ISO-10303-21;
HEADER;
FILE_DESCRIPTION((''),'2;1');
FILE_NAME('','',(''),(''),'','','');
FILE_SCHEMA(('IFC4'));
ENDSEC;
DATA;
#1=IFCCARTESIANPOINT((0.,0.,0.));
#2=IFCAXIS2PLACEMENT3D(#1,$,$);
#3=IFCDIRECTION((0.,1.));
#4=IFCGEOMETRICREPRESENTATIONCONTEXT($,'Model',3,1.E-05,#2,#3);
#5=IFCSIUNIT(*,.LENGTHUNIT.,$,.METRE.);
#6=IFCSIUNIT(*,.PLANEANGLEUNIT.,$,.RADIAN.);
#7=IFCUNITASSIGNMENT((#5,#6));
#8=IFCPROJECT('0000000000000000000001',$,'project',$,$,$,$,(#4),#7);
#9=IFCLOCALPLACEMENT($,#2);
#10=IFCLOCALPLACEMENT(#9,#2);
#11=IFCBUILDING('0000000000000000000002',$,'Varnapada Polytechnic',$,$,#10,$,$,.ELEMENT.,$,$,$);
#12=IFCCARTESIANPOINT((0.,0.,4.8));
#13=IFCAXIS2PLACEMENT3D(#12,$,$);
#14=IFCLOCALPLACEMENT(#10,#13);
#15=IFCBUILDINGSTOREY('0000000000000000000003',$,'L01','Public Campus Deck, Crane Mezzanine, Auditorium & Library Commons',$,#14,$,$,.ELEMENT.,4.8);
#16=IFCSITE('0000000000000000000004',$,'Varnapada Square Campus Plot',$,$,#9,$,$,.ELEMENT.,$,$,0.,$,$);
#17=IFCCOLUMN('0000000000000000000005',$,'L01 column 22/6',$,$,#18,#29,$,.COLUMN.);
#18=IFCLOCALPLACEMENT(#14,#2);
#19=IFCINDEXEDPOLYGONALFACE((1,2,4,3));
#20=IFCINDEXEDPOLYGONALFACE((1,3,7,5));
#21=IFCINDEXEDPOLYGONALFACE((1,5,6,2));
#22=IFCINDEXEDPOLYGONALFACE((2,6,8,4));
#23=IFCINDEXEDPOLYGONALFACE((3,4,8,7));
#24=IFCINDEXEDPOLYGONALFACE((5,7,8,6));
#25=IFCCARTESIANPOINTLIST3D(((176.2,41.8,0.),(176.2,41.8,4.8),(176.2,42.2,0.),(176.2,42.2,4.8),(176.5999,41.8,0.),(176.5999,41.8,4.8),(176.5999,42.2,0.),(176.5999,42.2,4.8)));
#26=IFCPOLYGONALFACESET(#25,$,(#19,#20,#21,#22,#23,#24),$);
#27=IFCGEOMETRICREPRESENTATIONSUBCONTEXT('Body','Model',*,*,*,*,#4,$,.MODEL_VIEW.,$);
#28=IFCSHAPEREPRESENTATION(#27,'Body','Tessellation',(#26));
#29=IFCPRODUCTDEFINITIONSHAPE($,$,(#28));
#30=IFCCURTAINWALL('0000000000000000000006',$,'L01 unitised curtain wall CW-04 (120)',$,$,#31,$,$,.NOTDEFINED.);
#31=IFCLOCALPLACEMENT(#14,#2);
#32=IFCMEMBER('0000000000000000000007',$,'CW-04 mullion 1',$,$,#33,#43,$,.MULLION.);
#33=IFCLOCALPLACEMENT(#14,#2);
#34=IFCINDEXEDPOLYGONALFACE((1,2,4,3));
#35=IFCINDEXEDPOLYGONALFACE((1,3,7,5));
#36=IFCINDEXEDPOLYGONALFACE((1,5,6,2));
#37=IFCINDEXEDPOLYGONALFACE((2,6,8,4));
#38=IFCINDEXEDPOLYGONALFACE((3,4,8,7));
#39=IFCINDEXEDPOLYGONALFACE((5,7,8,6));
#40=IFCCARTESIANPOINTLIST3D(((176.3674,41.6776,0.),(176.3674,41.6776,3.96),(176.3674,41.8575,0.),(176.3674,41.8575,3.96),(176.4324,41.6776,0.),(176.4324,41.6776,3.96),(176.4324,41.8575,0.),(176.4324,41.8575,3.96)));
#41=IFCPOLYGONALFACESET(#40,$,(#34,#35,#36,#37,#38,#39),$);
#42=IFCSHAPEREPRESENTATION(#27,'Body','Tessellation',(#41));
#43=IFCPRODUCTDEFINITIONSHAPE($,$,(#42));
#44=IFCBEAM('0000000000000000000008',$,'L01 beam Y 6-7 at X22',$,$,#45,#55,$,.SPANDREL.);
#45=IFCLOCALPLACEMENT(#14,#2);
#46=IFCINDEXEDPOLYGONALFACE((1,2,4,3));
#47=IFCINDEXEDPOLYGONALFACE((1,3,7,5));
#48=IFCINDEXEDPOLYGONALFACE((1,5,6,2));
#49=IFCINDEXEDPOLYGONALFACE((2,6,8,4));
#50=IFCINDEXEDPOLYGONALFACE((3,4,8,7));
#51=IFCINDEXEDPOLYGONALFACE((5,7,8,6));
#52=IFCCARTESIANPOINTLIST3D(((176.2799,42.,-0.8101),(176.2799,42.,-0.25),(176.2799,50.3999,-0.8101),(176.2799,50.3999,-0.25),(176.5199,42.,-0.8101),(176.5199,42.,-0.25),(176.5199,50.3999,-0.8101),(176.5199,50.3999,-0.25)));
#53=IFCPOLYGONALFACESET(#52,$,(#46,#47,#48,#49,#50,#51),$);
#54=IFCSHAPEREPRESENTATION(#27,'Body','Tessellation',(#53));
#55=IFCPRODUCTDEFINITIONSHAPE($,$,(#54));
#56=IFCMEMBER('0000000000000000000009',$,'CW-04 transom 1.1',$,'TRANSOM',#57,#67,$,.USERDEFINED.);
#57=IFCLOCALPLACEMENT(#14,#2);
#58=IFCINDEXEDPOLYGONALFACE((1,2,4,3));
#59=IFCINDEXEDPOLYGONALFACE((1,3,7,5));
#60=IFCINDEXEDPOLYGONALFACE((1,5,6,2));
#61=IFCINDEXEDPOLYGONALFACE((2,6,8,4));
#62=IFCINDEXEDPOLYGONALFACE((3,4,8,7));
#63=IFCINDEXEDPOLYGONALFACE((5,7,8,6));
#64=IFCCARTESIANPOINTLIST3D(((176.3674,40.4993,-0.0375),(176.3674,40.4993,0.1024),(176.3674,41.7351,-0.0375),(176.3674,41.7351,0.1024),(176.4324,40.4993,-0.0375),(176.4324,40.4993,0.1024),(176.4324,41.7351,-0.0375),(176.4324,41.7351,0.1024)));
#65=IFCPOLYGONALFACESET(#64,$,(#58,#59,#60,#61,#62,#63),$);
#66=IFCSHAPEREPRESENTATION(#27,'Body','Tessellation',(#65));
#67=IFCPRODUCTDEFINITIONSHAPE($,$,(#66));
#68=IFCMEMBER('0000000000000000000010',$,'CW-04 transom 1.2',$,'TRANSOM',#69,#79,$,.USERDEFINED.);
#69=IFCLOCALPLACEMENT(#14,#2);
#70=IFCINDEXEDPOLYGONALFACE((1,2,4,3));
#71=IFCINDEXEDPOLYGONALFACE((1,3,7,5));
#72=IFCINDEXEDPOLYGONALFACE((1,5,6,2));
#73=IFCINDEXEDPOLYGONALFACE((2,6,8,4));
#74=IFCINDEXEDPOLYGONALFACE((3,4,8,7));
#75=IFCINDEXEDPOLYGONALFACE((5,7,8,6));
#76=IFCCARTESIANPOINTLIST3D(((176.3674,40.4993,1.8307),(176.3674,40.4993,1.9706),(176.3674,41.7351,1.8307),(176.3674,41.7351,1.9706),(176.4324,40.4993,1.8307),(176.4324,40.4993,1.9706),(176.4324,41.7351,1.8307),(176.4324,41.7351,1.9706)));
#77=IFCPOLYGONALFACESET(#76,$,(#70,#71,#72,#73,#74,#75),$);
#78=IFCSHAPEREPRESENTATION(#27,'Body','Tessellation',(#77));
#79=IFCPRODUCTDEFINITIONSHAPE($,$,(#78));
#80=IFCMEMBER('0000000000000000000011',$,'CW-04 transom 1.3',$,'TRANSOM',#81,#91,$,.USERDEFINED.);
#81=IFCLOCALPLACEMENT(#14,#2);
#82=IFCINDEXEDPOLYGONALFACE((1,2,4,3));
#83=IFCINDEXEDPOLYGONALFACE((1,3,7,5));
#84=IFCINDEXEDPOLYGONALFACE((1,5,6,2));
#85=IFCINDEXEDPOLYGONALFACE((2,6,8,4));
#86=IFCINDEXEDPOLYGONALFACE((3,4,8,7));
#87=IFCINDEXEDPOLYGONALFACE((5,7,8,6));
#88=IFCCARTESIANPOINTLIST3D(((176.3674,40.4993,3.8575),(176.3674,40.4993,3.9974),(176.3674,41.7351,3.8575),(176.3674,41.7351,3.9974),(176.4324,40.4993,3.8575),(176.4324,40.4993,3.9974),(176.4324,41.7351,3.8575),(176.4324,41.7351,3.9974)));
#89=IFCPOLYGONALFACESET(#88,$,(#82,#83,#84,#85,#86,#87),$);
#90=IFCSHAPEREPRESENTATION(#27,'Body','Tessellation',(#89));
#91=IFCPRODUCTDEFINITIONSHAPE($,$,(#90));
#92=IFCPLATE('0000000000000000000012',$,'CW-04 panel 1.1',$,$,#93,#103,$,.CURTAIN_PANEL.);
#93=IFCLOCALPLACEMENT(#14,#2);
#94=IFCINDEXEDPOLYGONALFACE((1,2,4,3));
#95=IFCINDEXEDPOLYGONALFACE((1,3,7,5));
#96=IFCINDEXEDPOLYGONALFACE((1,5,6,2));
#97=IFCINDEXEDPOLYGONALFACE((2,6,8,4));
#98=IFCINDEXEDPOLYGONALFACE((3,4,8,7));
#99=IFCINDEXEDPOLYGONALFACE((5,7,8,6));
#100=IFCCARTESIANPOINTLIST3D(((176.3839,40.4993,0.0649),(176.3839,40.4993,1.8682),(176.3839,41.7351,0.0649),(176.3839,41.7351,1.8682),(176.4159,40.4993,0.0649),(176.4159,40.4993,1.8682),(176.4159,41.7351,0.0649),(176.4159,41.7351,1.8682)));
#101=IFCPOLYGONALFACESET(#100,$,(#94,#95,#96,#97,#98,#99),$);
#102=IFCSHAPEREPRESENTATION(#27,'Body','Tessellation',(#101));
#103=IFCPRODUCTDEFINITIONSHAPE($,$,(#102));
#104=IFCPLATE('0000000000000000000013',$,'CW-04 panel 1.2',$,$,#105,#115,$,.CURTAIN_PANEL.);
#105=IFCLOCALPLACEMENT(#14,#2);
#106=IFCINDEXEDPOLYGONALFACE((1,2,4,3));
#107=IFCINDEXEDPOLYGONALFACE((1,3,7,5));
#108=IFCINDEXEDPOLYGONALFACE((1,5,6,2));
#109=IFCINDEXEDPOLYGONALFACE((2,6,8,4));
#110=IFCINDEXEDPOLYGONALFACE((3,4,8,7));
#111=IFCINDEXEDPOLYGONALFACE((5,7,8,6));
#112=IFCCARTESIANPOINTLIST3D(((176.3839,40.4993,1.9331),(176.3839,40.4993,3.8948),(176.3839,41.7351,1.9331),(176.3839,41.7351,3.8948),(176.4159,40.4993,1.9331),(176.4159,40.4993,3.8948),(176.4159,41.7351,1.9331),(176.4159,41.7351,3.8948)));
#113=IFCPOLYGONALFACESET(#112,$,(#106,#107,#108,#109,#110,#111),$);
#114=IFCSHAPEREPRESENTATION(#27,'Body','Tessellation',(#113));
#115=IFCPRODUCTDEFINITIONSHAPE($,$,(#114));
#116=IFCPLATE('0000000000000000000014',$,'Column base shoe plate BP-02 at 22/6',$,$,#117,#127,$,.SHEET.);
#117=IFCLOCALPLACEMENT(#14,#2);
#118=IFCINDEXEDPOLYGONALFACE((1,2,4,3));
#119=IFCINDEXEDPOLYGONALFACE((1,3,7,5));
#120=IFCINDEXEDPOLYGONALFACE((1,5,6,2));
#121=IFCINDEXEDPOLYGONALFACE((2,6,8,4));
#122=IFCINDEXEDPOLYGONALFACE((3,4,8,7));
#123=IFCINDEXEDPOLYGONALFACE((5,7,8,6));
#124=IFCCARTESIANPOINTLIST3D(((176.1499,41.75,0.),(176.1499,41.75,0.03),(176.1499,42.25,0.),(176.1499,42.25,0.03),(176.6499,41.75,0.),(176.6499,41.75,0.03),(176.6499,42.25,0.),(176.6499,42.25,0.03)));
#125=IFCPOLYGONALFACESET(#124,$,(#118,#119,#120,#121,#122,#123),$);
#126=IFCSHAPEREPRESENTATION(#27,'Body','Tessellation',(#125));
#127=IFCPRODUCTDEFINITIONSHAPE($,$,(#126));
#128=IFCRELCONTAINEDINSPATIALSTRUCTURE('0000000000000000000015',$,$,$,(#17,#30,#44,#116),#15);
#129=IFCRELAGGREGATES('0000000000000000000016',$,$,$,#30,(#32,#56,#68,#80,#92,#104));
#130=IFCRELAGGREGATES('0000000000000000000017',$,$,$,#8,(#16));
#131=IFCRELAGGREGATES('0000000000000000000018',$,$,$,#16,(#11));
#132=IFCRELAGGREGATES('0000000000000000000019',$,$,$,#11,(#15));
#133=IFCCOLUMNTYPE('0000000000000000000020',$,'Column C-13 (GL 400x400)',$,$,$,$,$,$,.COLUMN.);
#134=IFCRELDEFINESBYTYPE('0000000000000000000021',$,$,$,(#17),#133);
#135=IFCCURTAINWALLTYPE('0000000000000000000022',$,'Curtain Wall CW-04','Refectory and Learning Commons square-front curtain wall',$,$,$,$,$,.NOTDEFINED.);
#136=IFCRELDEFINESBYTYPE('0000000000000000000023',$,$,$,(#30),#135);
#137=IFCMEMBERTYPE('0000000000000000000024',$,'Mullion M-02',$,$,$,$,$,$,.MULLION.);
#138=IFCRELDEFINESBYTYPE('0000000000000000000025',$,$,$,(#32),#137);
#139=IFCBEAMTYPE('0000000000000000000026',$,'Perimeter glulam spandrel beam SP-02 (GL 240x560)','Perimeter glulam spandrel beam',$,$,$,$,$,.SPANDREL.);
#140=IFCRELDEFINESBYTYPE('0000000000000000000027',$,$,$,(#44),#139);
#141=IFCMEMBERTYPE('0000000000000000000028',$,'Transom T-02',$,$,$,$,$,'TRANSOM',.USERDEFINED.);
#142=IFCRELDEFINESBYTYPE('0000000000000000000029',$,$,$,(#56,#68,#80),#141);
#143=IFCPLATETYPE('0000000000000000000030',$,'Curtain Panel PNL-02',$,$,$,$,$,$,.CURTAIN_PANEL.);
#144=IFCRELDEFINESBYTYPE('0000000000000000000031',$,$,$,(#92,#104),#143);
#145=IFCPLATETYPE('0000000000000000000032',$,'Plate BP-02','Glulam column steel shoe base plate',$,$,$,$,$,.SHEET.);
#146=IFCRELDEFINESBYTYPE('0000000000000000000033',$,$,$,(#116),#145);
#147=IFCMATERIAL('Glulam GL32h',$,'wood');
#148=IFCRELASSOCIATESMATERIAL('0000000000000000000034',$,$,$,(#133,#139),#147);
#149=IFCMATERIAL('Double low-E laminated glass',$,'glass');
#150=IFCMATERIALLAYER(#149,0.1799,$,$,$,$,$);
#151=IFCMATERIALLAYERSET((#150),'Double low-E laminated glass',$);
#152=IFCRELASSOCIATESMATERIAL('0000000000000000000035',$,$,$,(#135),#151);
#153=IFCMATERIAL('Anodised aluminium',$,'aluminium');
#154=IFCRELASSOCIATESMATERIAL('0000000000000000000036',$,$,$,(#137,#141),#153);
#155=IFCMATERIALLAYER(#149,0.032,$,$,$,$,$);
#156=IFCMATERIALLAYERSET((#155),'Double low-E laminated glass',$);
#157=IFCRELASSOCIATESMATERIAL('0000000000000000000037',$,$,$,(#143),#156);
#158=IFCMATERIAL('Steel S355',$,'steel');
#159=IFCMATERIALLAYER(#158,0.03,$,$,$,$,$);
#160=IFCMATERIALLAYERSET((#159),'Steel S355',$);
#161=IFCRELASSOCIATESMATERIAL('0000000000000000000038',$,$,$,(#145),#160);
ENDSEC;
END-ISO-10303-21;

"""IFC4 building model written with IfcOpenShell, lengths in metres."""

from ifc_helpers import new_model, si_unit, direction, frame, origin, origin_2d, place, context, subcontext, project, spatial, rectangle, extrude, material, layer, layer_set, material_profile, profile_set, type_object, element, aggregate, save


model = new_model("IFC4")

# Units and contexts
model_context = context("Model", 3, precision=1e-05, world=origin(), true_north=direction((0.0, 1.0)))
body_context = subcontext(model_context, "Body", "Model", "MODEL_VIEW")
ifc_project = project(units=[si_unit("LENGTHUNIT", "METRE"), si_unit("PLANEANGLEUNIT", "RADIAN")], contexts=[model_context])

# Site, building, storey
site_placement = place(None, origin())
site = spatial("IfcSite", under=ifc_project, at=site_placement, Name="Varnapada Square Campus Plot", CompositionType="ELEMENT", RefElevation=0.0)
building_placement = place(site_placement, origin())
building = spatial("IfcBuilding", under=site, at=building_placement, Name="Varnapada Polytechnic", CompositionType="ELEMENT")
storey_placement = place(building_placement, frame((0.0, 0.0, 4.8)))
storey = spatial("IfcBuildingStorey", under=building, at=storey_placement, Name="L01", Description="Public Campus Deck, Crane Mezzanine, Auditorium & Library Commons", CompositionType="ELEMENT", Elevation=4.8)

# Column
ifc_material_1 = material(Name="Glulam GL32h", Category="wood")
ifc_material_profile_1 = material_profile(ifc_material_1, rectangle(XDim=0.3999, YDim=0.3999, at=origin_2d()), Name="GL 400x400")
ifc_profile_set_1 = profile_set([ifc_material_profile_1], Name="Glulam GL32h")
column_type = type_object("IfcColumnType", Name="Column C-13 (GL 400x400)", PredefinedType="COLUMN", material=ifc_profile_set_1)
column_placement = place(storey_placement, frame((176.3999, 42.0, 0.0), z_axis=(0.0, 0.0, 1.0), x_axis=(1.0, 0.0, 0.0)))
element("IfcColumn", 1, at=column_placement, inside=storey, type_object=column_type, Name="L01 column 22/6", PredefinedType="COLUMN", context=body_context, shape_type="SweptSolid", body=[
    extrude(rectangle(XDim=0.3999, YDim=0.3999, at=origin_2d()), origin(), (0.0, 0.0, 1.0), 4.8),
])

# Curtain wall, member
ifc_material_2 = material(Name="Double low-E laminated glass", Category="glass")
ifc_layer_1 = layer(ifc_material_2, 0.1799)
ifc_layer_set_1 = layer_set([ifc_layer_1], Name="Double low-E laminated glass")
curtain_wall_type = type_object("IfcCurtainWallType", Name="Curtain Wall CW-04", Description="Refectory and Learning Commons square-front curtain wall", PredefinedType="NOTDEFINED", material=ifc_layer_set_1)
curtain_wall_placement = place(storey_placement, origin())
curtain_wall = element("IfcCurtainWall", 2, at=curtain_wall_placement, inside=storey, type_object=curtain_wall_type, Name="L01 unitised curtain wall CW-04 (120)", PredefinedType="NOTDEFINED")
ifc_material_3 = material(Name="Anodised aluminium", Category="aluminium")
ifc_material_profile_2 = material_profile(ifc_material_3, rectangle(XDim=0.0649, YDim=0.1799, at=origin_2d()), Name="ALU M65x180")
ifc_profile_set_2 = profile_set([ifc_material_profile_2], Name="Anodised aluminium")
member_type_1 = type_object("IfcMemberType", Name="Mullion M-02", PredefinedType="MULLION", material=ifc_profile_set_2)
member_1_placement = place(storey_placement, frame((176.3999, 41.7676, 0.0), z_axis=(0.0, 0.0, 1.0), x_axis=(1.0, 0.0, 0.0)))
member_1 = element("IfcMember", 3, at=member_1_placement, type_object=member_type_1, Name="CW-04 mullion 1", PredefinedType="MULLION", context=body_context, shape_type="SweptSolid", body=[
    extrude(rectangle(XDim=0.0649, YDim=0.1799, at=origin_2d()), origin(), (0.0, 0.0, 1.0), 3.96),
])

# Beam
ifc_material_profile_3 = material_profile(ifc_material_1, rectangle(XDim=0.24, YDim=0.5601, at=origin_2d()), Name="GL 240x560")
ifc_profile_set_3 = profile_set([ifc_material_profile_3], Name="Glulam GL32h")
beam_type = type_object("IfcBeamType", Name="Perimeter glulam spandrel beam SP-02 (GL 240x560)", Description="Perimeter glulam spandrel beam", PredefinedType="SPANDREL", material=ifc_profile_set_3)
beam_placement = place(storey_placement, frame((176.3999, 42.0, -0.53), z_axis=(0.0, 1.0, 0.0), x_axis=(-1.0, 0.0, 0.0)))
element("IfcBeam", 4, at=beam_placement, inside=storey, type_object=beam_type, Name="L01 beam Y 6-7 at X22", PredefinedType="SPANDREL", context=body_context, shape_type="SweptSolid", body=[
    extrude(rectangle(XDim=0.24, YDim=0.5601, at=origin_2d()), origin(), (0.0, 0.0, 1.0), 8.3999),
])

# Members
ifc_material_profile_4 = material_profile(ifc_material_3, rectangle(XDim=0.0649, YDim=0.1399, at=origin_2d()), Name="ALU T65x140")
ifc_profile_set_4 = profile_set([ifc_material_profile_4], Name="Anodised aluminium")
member_type_2 = type_object("IfcMemberType", Name="Transom T-02", ElementType="TRANSOM", PredefinedType="USERDEFINED", material=ifc_profile_set_4)
member_2_placement = place(storey_placement, frame((176.3999, 41.7351, 0.0325), z_axis=(0.0, -1.0, 0.0), x_axis=(1.0, 0.0, 0.0)))
member_2 = element("IfcMember", 5, at=member_2_placement, type_object=member_type_2, Name="CW-04 transom 1.1", ObjectType="TRANSOM", PredefinedType="USERDEFINED", context=body_context, shape_type="SweptSolid", body=[
    extrude(rectangle(XDim=0.0649, YDim=0.1399, at=origin_2d()), origin(), (0.0, 0.0, 1.0), 1.2358),
])
member_3_placement = place(storey_placement, frame((176.3999, 41.7351, 1.9006), z_axis=(0.0, -1.0, 0.0), x_axis=(1.0, 0.0, 0.0)))
member_3 = element("IfcMember", 6, at=member_3_placement, type_object=member_type_2, Name="CW-04 transom 1.2", ObjectType="TRANSOM", PredefinedType="USERDEFINED", context=body_context, shape_type="SweptSolid", body=[
    extrude(rectangle(XDim=0.0649, YDim=0.1399, at=origin_2d()), origin(), (0.0, 0.0, 1.0), 1.2358),
])
member_4_placement = place(storey_placement, frame((176.3999, 41.7351, 3.9275), z_axis=(0.0, -1.0, 0.0), x_axis=(1.0, 0.0, 0.0)))
member_4 = element("IfcMember", 7, at=member_4_placement, type_object=member_type_2, Name="CW-04 transom 1.3", ObjectType="TRANSOM", PredefinedType="USERDEFINED", context=body_context, shape_type="SweptSolid", body=[
    extrude(rectangle(XDim=0.0649, YDim=0.1399, at=origin_2d()), origin(), (0.0, 0.0, 1.0), 1.2358),
])

# Plates
ifc_layer_2 = layer(ifc_material_2, 0.032)
ifc_layer_set_2 = layer_set([ifc_layer_2], Name="Double low-E laminated glass")
plate_type_1 = type_object("IfcPlateType", Name="Curtain Panel PNL-02", PredefinedType="CURTAIN_PANEL", material=ifc_layer_set_2)
plate_1_placement = place(storey_placement, frame((176.3999, 41.1172, 0.0649), z_axis=(0.0, 0.0, 1.0), x_axis=(0.0, -1.0, 0.0)))
plate_1 = element("IfcPlate", 8, at=plate_1_placement, type_object=plate_type_1, Name="CW-04 panel 1.1", PredefinedType="CURTAIN_PANEL", context=body_context, shape_type="SweptSolid", body=[
    extrude(rectangle(XDim=1.2358, YDim=0.032, at=origin_2d()), origin(), (0.0, 0.0, 1.0), 1.8032),
])
plate_2_placement = place(storey_placement, frame((176.3999, 41.1172, 1.9331), z_axis=(0.0, 0.0, 1.0), x_axis=(0.0, -1.0, 0.0)))
plate_2 = element("IfcPlate", 9, at=plate_2_placement, type_object=plate_type_1, Name="CW-04 panel 1.2", PredefinedType="CURTAIN_PANEL", context=body_context, shape_type="SweptSolid", body=[
    extrude(rectangle(XDim=1.2358, YDim=0.032, at=origin_2d()), origin(), (0.0, 0.0, 1.0), 1.9617),
])
aggregate(curtain_wall, [member_1, member_2, member_3, member_4, plate_1, plate_2])
ifc_material_4 = material(Name="Steel S355", Category="steel")
ifc_layer_3 = layer(ifc_material_4, 0.03)
ifc_layer_set_3 = layer_set([ifc_layer_3], Name="Steel S355")
plate_type_2 = type_object("IfcPlateType", Name="Plate BP-02", Description="Glulam column steel shoe base plate", PredefinedType="SHEET", material=ifc_layer_set_3)
plate_3_placement = place(storey_placement, frame((176.3999, 42.0, 0.0), z_axis=(0.0, 0.0, 1.0), x_axis=(1.0, 0.0, 0.0)))
element("IfcPlate", 10, at=plate_3_placement, inside=storey, type_object=plate_type_2, Name="Column base shoe plate BP-02 at 22/6", PredefinedType="SHEET", context=body_context, shape_type="SweptSolid", body=[
    extrude(rectangle(XDim=0.5, YDim=0.5, at=origin_2d()), origin(), (0.0, 0.0, 1.0), 0.03),
])

save(model, "model.ifc")
